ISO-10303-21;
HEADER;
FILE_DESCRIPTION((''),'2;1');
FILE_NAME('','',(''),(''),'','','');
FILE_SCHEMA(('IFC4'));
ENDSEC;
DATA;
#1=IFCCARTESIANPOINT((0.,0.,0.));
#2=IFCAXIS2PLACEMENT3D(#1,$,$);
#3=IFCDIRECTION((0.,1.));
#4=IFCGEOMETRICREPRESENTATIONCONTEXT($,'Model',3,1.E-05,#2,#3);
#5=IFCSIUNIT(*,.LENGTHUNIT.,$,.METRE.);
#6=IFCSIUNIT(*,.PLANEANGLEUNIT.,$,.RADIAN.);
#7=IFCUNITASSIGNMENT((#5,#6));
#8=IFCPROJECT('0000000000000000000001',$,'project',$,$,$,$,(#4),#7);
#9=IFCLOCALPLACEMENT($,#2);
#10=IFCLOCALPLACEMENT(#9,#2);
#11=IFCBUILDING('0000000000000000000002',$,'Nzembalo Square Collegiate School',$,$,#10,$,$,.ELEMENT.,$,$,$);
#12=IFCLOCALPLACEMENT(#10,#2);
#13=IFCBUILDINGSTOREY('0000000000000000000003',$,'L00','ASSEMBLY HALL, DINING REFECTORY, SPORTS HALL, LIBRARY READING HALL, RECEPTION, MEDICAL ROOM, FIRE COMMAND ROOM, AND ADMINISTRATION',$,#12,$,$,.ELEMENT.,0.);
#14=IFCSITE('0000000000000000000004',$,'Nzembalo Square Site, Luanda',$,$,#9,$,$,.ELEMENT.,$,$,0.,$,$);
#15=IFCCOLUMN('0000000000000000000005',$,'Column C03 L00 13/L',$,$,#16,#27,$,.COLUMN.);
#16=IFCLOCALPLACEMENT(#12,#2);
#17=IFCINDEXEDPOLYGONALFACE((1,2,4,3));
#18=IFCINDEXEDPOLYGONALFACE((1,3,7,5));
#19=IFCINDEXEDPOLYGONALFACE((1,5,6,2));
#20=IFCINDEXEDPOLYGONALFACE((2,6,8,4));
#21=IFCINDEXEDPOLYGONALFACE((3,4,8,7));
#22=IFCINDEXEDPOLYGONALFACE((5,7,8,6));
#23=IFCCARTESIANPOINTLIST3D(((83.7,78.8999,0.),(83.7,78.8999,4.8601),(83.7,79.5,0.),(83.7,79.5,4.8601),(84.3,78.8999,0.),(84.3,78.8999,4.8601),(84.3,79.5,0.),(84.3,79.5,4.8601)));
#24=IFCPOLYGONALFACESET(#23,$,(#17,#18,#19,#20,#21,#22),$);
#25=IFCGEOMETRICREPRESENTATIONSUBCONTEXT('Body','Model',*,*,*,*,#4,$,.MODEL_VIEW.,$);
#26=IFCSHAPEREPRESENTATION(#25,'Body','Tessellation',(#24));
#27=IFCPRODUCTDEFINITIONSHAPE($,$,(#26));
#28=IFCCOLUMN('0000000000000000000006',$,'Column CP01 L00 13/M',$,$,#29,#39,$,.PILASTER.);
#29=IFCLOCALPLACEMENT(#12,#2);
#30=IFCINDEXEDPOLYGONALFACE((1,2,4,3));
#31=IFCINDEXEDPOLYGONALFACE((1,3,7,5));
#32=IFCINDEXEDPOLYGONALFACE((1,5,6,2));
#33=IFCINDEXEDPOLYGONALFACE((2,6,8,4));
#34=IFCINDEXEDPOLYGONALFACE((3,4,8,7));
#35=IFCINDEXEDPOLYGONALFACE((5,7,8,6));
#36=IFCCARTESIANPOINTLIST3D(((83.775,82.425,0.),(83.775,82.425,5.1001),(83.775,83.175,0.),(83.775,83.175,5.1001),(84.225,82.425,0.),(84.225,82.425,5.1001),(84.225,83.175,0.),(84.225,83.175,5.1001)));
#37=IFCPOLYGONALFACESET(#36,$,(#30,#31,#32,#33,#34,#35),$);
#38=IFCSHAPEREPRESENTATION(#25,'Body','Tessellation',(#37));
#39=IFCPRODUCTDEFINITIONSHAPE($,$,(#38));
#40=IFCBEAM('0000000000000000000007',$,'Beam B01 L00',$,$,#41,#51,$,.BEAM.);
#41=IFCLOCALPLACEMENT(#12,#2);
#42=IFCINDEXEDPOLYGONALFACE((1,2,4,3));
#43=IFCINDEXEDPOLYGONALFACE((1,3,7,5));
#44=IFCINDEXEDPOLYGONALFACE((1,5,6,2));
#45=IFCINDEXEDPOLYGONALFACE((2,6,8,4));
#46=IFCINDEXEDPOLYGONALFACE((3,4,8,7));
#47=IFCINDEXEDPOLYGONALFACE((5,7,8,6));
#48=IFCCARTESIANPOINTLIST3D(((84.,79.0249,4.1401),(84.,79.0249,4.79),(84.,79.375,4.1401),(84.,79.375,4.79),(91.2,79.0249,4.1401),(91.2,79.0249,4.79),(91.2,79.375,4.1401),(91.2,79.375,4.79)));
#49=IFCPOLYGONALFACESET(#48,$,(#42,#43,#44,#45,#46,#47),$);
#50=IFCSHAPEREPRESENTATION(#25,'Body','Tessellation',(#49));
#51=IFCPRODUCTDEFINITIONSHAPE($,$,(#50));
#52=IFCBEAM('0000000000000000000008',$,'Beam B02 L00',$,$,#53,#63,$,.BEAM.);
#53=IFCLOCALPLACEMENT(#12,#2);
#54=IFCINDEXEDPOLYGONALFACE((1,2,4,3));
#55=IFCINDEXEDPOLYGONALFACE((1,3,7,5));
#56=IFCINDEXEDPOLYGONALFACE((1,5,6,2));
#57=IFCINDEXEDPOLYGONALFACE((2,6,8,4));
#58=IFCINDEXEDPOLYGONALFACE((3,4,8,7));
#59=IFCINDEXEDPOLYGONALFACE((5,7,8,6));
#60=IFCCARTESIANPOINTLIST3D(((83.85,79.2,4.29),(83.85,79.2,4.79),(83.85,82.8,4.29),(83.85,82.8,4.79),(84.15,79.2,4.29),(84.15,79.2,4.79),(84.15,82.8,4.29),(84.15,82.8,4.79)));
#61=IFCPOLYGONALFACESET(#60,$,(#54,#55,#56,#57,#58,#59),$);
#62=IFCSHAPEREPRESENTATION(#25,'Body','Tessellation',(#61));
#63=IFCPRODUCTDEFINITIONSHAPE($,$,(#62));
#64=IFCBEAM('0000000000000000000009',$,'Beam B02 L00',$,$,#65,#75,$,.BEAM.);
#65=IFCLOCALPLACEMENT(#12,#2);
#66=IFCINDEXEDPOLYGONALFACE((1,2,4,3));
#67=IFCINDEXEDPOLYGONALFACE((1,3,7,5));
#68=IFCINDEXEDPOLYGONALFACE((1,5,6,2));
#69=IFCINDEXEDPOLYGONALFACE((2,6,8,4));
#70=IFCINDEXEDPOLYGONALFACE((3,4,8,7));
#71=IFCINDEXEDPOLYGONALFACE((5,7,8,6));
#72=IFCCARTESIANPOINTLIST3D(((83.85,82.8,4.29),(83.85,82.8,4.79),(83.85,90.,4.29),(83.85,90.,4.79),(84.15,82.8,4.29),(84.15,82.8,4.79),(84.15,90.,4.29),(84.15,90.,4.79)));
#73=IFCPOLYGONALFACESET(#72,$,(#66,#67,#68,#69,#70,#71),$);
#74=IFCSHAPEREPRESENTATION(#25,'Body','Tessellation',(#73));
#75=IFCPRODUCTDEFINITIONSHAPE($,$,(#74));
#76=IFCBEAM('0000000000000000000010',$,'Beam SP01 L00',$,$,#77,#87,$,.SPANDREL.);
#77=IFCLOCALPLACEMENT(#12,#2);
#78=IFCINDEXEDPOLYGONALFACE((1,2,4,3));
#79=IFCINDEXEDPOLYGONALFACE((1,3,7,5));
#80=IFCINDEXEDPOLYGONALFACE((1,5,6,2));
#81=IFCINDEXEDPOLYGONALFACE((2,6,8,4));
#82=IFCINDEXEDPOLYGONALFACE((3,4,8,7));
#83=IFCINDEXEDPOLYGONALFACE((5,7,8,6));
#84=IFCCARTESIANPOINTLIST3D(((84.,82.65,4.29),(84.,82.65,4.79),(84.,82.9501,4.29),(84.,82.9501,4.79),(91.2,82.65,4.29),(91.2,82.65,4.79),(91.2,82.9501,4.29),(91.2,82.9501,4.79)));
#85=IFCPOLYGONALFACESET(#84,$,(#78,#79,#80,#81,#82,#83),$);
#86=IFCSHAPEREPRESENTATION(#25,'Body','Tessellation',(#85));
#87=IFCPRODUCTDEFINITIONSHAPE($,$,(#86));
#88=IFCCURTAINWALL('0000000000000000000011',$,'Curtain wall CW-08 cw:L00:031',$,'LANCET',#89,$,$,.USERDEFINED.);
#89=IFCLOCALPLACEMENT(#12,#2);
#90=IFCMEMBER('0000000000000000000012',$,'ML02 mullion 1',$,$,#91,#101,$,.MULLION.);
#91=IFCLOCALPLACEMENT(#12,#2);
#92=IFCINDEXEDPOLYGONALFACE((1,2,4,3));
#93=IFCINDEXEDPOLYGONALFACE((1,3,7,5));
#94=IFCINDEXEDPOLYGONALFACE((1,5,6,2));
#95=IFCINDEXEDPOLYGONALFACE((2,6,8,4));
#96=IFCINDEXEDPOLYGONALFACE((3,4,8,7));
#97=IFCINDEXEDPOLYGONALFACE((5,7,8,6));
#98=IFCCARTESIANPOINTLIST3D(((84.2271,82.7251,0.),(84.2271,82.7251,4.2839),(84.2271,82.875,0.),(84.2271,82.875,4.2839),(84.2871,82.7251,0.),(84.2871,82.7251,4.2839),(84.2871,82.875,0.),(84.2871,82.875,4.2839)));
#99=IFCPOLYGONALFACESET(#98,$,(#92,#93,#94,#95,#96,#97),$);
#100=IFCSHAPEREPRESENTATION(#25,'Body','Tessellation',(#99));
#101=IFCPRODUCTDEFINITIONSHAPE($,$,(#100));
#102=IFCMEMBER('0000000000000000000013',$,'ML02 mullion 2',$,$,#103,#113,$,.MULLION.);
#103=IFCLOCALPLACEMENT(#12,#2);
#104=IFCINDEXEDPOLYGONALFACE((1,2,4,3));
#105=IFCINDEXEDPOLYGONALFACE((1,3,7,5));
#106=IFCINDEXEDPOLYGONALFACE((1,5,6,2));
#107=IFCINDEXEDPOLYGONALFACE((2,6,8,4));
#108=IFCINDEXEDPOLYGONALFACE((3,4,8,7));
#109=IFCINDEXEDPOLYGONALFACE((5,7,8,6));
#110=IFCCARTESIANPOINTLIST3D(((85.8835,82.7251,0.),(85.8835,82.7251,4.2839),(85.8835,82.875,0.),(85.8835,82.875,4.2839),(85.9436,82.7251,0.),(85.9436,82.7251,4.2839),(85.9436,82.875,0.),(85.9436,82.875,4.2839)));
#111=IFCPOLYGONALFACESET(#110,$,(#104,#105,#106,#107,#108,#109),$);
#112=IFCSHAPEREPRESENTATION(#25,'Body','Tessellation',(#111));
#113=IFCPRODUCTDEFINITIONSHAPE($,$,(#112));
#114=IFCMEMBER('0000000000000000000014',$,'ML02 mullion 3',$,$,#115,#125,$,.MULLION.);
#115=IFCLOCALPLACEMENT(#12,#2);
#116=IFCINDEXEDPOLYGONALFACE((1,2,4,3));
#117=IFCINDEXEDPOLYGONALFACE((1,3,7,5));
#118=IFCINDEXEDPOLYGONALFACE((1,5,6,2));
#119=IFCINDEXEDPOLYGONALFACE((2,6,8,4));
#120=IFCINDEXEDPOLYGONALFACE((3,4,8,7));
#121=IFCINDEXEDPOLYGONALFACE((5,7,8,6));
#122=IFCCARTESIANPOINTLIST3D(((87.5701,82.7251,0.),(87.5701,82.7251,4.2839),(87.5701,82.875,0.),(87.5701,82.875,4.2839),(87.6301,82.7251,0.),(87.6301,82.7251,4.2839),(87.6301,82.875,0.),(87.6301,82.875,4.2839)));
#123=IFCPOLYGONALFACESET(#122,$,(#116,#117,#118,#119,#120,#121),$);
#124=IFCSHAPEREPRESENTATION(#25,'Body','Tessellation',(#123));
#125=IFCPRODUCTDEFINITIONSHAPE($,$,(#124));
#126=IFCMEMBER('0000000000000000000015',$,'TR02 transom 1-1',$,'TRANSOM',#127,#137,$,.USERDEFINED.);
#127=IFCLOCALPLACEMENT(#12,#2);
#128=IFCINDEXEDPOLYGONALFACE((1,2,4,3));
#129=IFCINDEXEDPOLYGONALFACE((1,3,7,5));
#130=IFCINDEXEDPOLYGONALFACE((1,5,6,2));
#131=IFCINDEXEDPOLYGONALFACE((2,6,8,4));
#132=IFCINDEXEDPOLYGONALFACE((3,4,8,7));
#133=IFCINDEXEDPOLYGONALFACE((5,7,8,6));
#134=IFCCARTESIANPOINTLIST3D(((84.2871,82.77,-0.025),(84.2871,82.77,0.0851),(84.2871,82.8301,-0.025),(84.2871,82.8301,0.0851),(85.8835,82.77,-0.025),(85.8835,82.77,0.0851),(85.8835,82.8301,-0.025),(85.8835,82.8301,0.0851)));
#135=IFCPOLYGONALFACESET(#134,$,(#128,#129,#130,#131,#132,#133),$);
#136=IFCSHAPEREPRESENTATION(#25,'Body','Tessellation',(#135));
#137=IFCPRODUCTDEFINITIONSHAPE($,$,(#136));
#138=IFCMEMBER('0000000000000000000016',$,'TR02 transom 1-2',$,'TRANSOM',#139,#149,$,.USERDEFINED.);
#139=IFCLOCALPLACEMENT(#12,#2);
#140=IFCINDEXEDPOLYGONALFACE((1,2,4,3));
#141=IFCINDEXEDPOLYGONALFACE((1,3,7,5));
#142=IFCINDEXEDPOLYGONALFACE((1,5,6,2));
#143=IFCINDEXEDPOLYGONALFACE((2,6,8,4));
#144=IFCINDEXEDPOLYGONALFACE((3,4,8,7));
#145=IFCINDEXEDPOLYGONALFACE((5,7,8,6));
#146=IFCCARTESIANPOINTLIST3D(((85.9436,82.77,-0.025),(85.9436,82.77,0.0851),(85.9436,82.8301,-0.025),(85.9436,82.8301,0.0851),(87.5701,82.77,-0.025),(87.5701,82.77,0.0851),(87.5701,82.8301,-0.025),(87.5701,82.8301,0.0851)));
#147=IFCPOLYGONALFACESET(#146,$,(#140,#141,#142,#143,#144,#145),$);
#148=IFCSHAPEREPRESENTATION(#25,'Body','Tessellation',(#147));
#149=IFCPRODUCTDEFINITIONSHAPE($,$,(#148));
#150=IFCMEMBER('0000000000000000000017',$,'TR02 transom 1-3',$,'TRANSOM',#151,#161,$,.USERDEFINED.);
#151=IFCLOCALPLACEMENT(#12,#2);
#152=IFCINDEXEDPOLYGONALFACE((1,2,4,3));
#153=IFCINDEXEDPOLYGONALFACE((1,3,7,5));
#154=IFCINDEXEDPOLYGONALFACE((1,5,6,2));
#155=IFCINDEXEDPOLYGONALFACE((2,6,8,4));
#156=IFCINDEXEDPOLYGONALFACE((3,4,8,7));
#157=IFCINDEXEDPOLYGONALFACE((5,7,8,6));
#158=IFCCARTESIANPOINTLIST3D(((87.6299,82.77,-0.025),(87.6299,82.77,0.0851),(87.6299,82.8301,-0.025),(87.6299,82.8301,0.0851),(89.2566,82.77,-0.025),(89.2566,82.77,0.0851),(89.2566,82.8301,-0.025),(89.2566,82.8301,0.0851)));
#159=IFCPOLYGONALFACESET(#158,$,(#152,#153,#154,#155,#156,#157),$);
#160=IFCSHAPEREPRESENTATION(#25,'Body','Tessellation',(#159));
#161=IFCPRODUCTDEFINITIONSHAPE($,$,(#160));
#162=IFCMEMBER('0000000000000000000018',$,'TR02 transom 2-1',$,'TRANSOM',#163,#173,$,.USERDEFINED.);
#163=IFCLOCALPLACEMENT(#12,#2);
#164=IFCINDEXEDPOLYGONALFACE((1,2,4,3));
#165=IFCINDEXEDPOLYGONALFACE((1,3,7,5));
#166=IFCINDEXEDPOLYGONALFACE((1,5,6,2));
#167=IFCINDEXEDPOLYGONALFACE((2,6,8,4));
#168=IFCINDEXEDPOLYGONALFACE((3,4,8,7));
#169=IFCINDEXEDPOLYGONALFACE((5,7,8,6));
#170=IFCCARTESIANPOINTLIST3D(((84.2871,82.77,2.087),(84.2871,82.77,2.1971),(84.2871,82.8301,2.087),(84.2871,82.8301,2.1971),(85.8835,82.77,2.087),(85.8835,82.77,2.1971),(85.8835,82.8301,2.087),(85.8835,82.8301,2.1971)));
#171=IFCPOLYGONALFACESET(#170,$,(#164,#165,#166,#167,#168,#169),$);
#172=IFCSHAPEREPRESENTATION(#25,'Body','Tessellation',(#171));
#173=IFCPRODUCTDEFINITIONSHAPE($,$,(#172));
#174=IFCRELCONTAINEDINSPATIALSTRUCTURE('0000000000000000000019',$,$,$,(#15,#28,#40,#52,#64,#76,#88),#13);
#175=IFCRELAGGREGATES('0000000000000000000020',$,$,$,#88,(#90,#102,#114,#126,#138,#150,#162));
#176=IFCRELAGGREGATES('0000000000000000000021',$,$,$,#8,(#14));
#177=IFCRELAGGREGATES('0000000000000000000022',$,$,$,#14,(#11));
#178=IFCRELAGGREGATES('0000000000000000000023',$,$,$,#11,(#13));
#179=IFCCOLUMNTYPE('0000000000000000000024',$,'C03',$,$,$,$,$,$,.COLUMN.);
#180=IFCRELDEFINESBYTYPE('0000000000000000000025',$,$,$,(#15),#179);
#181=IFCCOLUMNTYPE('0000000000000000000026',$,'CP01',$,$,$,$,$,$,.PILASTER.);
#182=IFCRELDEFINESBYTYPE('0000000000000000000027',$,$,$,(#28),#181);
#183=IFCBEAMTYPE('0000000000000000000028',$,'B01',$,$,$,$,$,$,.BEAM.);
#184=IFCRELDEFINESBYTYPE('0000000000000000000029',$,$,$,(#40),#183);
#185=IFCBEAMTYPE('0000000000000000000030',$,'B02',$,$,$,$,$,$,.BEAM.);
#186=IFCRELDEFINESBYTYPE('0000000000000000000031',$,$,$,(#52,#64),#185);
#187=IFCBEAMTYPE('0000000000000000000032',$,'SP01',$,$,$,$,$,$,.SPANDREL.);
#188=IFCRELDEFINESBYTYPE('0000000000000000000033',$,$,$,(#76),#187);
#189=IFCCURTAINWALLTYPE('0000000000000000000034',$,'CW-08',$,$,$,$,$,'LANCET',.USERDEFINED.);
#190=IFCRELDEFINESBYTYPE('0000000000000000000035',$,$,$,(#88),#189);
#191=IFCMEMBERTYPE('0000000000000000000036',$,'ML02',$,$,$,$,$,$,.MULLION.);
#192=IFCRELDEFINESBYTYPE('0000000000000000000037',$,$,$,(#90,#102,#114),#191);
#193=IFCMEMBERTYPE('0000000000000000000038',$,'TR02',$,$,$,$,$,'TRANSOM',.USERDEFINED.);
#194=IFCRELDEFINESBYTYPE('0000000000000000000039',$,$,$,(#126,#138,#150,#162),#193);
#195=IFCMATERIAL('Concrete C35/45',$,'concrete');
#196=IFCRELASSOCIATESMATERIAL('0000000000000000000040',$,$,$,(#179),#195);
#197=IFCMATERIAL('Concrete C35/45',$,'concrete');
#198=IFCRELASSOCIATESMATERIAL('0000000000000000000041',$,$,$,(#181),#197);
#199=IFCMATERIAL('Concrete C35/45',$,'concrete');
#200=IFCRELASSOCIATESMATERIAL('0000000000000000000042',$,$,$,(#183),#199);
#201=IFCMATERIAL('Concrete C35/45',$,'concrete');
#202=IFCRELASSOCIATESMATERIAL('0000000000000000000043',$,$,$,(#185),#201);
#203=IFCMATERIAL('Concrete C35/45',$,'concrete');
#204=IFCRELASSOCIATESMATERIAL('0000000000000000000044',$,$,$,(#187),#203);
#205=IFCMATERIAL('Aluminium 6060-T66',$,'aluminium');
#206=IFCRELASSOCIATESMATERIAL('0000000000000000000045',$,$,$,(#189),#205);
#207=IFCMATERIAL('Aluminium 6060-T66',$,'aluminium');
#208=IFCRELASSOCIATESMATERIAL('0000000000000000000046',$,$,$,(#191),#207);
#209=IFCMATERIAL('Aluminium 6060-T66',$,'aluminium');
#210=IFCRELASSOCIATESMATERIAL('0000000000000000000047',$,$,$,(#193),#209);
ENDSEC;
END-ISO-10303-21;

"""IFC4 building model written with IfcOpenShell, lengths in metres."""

from ifc_helpers import new_model, si_unit, direction, frame, origin, origin_2d, place, context, subcontext, project, spatial, rectangle, extrude, material, material_profile, profile_set, type_object, element, aggregate, save


model = new_model("IFC4")

# Units and contexts
model_context = context("Model", 3, precision=1e-05, world=origin(), true_north=direction((0.0, 1.0)))
body_context = subcontext(model_context, "Body", "Model", "MODEL_VIEW")
ifc_project = project(units=[si_unit("LENGTHUNIT", "METRE"), si_unit("PLANEANGLEUNIT", "RADIAN")], contexts=[model_context])

# Site, building, storey
site_placement = place(None, origin())
site = spatial("IfcSite", under=ifc_project, at=site_placement, Name="Nzembalo Square Site, Luanda", CompositionType="ELEMENT", RefElevation=0.0)
building_placement = place(site_placement, origin())
building = spatial("IfcBuilding", under=site, at=building_placement, Name="Nzembalo Square Collegiate School", CompositionType="ELEMENT")
storey_placement = place(building_placement, origin())
storey = spatial("IfcBuildingStorey", under=building, at=storey_placement, Name="L00", Description="ASSEMBLY HALL, DINING REFECTORY, SPORTS HALL, LIBRARY READING HALL, RECEPTION, MEDICAL ROOM, FIRE COMMAND ROOM, AND ADMINISTRATION", CompositionType="ELEMENT", Elevation=0.0)

# Columns
ifc_material_1 = material(Name="Concrete C35/45", Category="concrete")
ifc_material_profile_1 = material_profile(ifc_material_1, rectangle(XDim=0.6001, YDim=0.6001, at=origin_2d()), Name="RC 600x600")
ifc_profile_set_1 = profile_set([ifc_material_profile_1], Name="Concrete C35/45")
column_type_1 = type_object("IfcColumnType", Name="C03", PredefinedType="COLUMN", material=ifc_profile_set_1)
column_1_placement = place(storey_placement, frame((84.0, 79.2, 0.0), z_axis=(0.0, 0.0, 1.0), x_axis=(1.0, 0.0, 0.0)))
element("IfcColumn", 1, at=column_1_placement, inside=storey, type_object=column_type_1, Name="Column C03 L00 13/L", PredefinedType="COLUMN", context=body_context, shape_type="SweptSolid", body=[
    extrude(rectangle(XDim=0.6001, YDim=0.6001, at=origin_2d()), origin(), (0.0, 0.0, 1.0), 4.8601),
])
ifc_material_2 = material(Name="Concrete C35/45", Category="concrete")
ifc_material_profile_2 = material_profile(ifc_material_2, rectangle(XDim=0.45, YDim=0.75, at=origin_2d()), Name="RC 450x750")
ifc_profile_set_2 = profile_set([ifc_material_profile_2], Name="Concrete C35/45")
column_type_2 = type_object("IfcColumnType", Name="CP01", PredefinedType="PILASTER", material=ifc_profile_set_2)
column_2_placement = place(storey_placement, frame((84.0, 82.8, 0.0), z_axis=(0.0, 0.0, 1.0), x_axis=(1.0, 0.0, 0.0)))
element("IfcColumn", 2, at=column_2_placement, inside=storey, type_object=column_type_2, Name="Column CP01 L00 13/M", PredefinedType="PILASTER", context=body_context, shape_type="SweptSolid", body=[
    extrude(rectangle(XDim=0.45, YDim=0.75, at=origin_2d()), origin(), (0.0, 0.0, 1.0), 5.1001),
])

# Beams
ifc_material_3 = material(Name="Concrete C35/45", Category="concrete")
ifc_material_profile_3 = material_profile(ifc_material_3, rectangle(XDim=0.3501, YDim=0.6499, at=origin_2d()), Name="RC 350x650")
ifc_profile_set_3 = profile_set([ifc_material_profile_3], Name="Concrete C35/45")
beam_type_1 = type_object("IfcBeamType", Name="B01", PredefinedType="BEAM", material=ifc_profile_set_3)
beam_1_placement = place(storey_placement, frame((84.0, 79.2, 4.4651), z_axis=(1.0, 0.0, 0.0), x_axis=(0.0, 1.0, 0.0)))
element("IfcBeam", 3, at=beam_1_placement, inside=storey, type_object=beam_type_1, Name="Beam B01 L00", PredefinedType="BEAM", context=body_context, shape_type="SweptSolid", body=[
    extrude(rectangle(XDim=0.3501, YDim=0.6499, at=origin_2d()), origin(), (0.0, 0.0, 1.0), 7.2),
])
ifc_material_4 = material(Name="Concrete C35/45", Category="concrete")
ifc_material_profile_4 = material_profile(ifc_material_4, rectangle(XDim=0.3, YDim=0.5, at=origin_2d()), Name="RC 300x500")
ifc_profile_set_4 = profile_set([ifc_material_profile_4], Name="Concrete C35/45")
beam_type_2 = type_object("IfcBeamType", Name="B02", PredefinedType="BEAM", material=ifc_profile_set_4)
beam_2_placement = place(storey_placement, frame((84.0, 79.2, 4.54), z_axis=(0.0, 1.0, 0.0), x_axis=(-1.0, 0.0, 0.0)))
element("IfcBeam", 4, at=beam_2_placement, inside=storey, type_object=beam_type_2, Name="Beam B02 L00", PredefinedType="BEAM", context=body_context, shape_type="SweptSolid", body=[
    extrude(rectangle(XDim=0.3, YDim=0.5, at=origin_2d()), origin(), (0.0, 0.0, 1.0), 3.6001),
])
beam_3_placement = place(storey_placement, frame((84.0, 82.8, 4.54), z_axis=(0.0, 1.0, 0.0), x_axis=(-1.0, 0.0, 0.0)))
element("IfcBeam", 5, at=beam_3_placement, inside=storey, type_object=beam_type_2, Name="Beam B02 L00", PredefinedType="BEAM", context=body_context, shape_type="SweptSolid", body=[
    extrude(rectangle(XDim=0.3, YDim=0.5, at=origin_2d()), origin(), (0.0, 0.0, 1.0), 7.2),
])
ifc_material_5 = material(Name="Concrete C35/45", Category="concrete")
ifc_material_profile_5 = material_profile(ifc_material_5, rectangle(XDim=0.3, YDim=0.5, at=origin_2d()), Name="RC 300x500")
ifc_profile_set_5 = profile_set([ifc_material_profile_5], Name="Concrete C35/45")
beam_type_3 = type_object("IfcBeamType", Name="SP01", PredefinedType="SPANDREL", material=ifc_profile_set_5)
beam_4_placement = place(storey_placement, frame((84.0, 82.8, 4.54), z_axis=(1.0, 0.0, 0.0), x_axis=(0.0, 1.0, 0.0)))
element("IfcBeam", 6, at=beam_4_placement, inside=storey, type_object=beam_type_3, Name="Beam SP01 L00", PredefinedType="SPANDREL", context=body_context, shape_type="SweptSolid", body=[
    extrude(rectangle(XDim=0.3, YDim=0.5, at=origin_2d()), origin(), (0.0, 0.0, 1.0), 7.2),
])

# Curtain wall, members
ifc_material_6 = material(Name="Aluminium 6060-T66", Category="aluminium")
curtain_wall_type = type_object("IfcCurtainWallType", Name="CW-08", ElementType="LANCET", PredefinedType="USERDEFINED", material=ifc_material_6)
curtain_wall_placement = place(storey_placement, origin())
curtain_wall = element("IfcCurtainWall", 7, at=curtain_wall_placement, inside=storey, type_object=curtain_wall_type, Name="Curtain wall CW-08 cw:L00:031", ObjectType="LANCET", PredefinedType="USERDEFINED")
ifc_material_7 = material(Name="Aluminium 6060-T66", Category="aluminium")
ifc_material_profile_6 = material_profile(ifc_material_7, rectangle(XDim=0.0601, YDim=0.1499, at=origin_2d()), Name="ALU M60x150")
ifc_profile_set_6 = profile_set([ifc_material_profile_6], Name="Aluminium 6060-T66")
member_type_1 = type_object("IfcMemberType", Name="ML02", PredefinedType="MULLION", material=ifc_profile_set_6)
member_1_placement = place(storey_placement, frame((84.2571, 82.8, 0.0), z_axis=(0.0, 0.0, 1.0), x_axis=(1.0, 0.0, 0.0)))
member_1 = element("IfcMember", 8, at=member_1_placement, type_object=member_type_1, Name="ML02 mullion 1", PredefinedType="MULLION", context=body_context, shape_type="SweptSolid", body=[
    extrude(rectangle(XDim=0.0601, YDim=0.1499, at=origin_2d()), origin(), (0.0, 0.0, 1.0), 4.2839),
])
member_2_placement = place(storey_placement, frame((85.9136, 82.8, 0.0), z_axis=(0.0, 0.0, 1.0), x_axis=(1.0, 0.0, 0.0)))
member_2 = element("IfcMember", 9, at=member_2_placement, type_object=member_type_1, Name="ML02 mullion 2", PredefinedType="MULLION", context=body_context, shape_type="SweptSolid", body=[
    extrude(rectangle(XDim=0.0601, YDim=0.1499, at=origin_2d()), origin(), (0.0, 0.0, 1.0), 4.2839),
])
member_3_placement = place(storey_placement, frame((87.6001, 82.8, 0.0), z_axis=(0.0, 0.0, 1.0), x_axis=(1.0, 0.0, 0.0)))
member_3 = element("IfcMember", 10, at=member_3_placement, type_object=member_type_1, Name="ML02 mullion 3", PredefinedType="MULLION", context=body_context, shape_type="SweptSolid", body=[
    extrude(rectangle(XDim=0.0601, YDim=0.1499, at=origin_2d()), origin(), (0.0, 0.0, 1.0), 4.2839),
])
ifc_material_8 = material(Name="Aluminium 6060-T66", Category="aluminium")
ifc_material_profile_7 = material_profile(ifc_material_8, rectangle(XDim=0.0601, YDim=0.1101, at=origin_2d()), Name="ALU T60x110")
ifc_profile_set_7 = profile_set([ifc_material_profile_7], Name="Aluminium 6060-T66")
member_type_2 = type_object("IfcMemberType", Name="TR02", ElementType="TRANSOM", PredefinedType="USERDEFINED", material=ifc_profile_set_7)
member_4_placement = place(storey_placement, frame((84.2871, 82.8, 0.03), z_axis=(1.0, 0.0, 0.0), x_axis=(0.0, 1.0, 0.0)))
member_4 = element("IfcMember", 11, at=member_4_placement, type_object=member_type_2, Name="TR02 transom 1-1", ObjectType="TRANSOM", PredefinedType="USERDEFINED", context=body_context, shape_type="SweptSolid", body=[
    extrude(rectangle(XDim=0.0601, YDim=0.1101, at=origin_2d()), origin(), (0.0, 0.0, 1.0), 1.5964),
])
member_5_placement = place(storey_placement, frame((85.9436, 82.8, 0.03), z_axis=(1.0, 0.0, 0.0), x_axis=(0.0, 1.0, 0.0)))
member_5 = element("IfcMember", 12, at=member_5_placement, type_object=member_type_2, Name="TR02 transom 1-2", ObjectType="TRANSOM", PredefinedType="USERDEFINED", context=body_context, shape_type="SweptSolid", body=[
    extrude(rectangle(XDim=0.0601, YDim=0.1101, at=origin_2d()), origin(), (0.0, 0.0, 1.0), 1.6265),
])
member_6_placement = place(storey_placement, frame((87.6299, 82.8, 0.03), z_axis=(1.0, 0.0, 0.0), x_axis=(0.0, 1.0, 0.0)))
member_6 = element("IfcMember", 13, at=member_6_placement, type_object=member_type_2, Name="TR02 transom 1-3", ObjectType="TRANSOM", PredefinedType="USERDEFINED", context=body_context, shape_type="SweptSolid", body=[
    extrude(rectangle(XDim=0.0601, YDim=0.1101, at=origin_2d()), origin(), (0.0, 0.0, 1.0), 1.6267),
])
member_7_placement = place(storey_placement, frame((84.2871, 82.8, 2.1421), z_axis=(1.0, 0.0, 0.0), x_axis=(0.0, 1.0, 0.0)))
member_7 = element("IfcMember", 14, at=member_7_placement, type_object=member_type_2, Name="TR02 transom 2-1", ObjectType="TRANSOM", PredefinedType="USERDEFINED", context=body_context, shape_type="SweptSolid", body=[
    extrude(rectangle(XDim=0.0601, YDim=0.1101, at=origin_2d()), origin(), (0.0, 0.0, 1.0), 1.5964),
])
aggregate(curtain_wall, [member_1, member_2, member_3, member_4, member_5, member_6, member_7])

save(model, "model.ifc")
